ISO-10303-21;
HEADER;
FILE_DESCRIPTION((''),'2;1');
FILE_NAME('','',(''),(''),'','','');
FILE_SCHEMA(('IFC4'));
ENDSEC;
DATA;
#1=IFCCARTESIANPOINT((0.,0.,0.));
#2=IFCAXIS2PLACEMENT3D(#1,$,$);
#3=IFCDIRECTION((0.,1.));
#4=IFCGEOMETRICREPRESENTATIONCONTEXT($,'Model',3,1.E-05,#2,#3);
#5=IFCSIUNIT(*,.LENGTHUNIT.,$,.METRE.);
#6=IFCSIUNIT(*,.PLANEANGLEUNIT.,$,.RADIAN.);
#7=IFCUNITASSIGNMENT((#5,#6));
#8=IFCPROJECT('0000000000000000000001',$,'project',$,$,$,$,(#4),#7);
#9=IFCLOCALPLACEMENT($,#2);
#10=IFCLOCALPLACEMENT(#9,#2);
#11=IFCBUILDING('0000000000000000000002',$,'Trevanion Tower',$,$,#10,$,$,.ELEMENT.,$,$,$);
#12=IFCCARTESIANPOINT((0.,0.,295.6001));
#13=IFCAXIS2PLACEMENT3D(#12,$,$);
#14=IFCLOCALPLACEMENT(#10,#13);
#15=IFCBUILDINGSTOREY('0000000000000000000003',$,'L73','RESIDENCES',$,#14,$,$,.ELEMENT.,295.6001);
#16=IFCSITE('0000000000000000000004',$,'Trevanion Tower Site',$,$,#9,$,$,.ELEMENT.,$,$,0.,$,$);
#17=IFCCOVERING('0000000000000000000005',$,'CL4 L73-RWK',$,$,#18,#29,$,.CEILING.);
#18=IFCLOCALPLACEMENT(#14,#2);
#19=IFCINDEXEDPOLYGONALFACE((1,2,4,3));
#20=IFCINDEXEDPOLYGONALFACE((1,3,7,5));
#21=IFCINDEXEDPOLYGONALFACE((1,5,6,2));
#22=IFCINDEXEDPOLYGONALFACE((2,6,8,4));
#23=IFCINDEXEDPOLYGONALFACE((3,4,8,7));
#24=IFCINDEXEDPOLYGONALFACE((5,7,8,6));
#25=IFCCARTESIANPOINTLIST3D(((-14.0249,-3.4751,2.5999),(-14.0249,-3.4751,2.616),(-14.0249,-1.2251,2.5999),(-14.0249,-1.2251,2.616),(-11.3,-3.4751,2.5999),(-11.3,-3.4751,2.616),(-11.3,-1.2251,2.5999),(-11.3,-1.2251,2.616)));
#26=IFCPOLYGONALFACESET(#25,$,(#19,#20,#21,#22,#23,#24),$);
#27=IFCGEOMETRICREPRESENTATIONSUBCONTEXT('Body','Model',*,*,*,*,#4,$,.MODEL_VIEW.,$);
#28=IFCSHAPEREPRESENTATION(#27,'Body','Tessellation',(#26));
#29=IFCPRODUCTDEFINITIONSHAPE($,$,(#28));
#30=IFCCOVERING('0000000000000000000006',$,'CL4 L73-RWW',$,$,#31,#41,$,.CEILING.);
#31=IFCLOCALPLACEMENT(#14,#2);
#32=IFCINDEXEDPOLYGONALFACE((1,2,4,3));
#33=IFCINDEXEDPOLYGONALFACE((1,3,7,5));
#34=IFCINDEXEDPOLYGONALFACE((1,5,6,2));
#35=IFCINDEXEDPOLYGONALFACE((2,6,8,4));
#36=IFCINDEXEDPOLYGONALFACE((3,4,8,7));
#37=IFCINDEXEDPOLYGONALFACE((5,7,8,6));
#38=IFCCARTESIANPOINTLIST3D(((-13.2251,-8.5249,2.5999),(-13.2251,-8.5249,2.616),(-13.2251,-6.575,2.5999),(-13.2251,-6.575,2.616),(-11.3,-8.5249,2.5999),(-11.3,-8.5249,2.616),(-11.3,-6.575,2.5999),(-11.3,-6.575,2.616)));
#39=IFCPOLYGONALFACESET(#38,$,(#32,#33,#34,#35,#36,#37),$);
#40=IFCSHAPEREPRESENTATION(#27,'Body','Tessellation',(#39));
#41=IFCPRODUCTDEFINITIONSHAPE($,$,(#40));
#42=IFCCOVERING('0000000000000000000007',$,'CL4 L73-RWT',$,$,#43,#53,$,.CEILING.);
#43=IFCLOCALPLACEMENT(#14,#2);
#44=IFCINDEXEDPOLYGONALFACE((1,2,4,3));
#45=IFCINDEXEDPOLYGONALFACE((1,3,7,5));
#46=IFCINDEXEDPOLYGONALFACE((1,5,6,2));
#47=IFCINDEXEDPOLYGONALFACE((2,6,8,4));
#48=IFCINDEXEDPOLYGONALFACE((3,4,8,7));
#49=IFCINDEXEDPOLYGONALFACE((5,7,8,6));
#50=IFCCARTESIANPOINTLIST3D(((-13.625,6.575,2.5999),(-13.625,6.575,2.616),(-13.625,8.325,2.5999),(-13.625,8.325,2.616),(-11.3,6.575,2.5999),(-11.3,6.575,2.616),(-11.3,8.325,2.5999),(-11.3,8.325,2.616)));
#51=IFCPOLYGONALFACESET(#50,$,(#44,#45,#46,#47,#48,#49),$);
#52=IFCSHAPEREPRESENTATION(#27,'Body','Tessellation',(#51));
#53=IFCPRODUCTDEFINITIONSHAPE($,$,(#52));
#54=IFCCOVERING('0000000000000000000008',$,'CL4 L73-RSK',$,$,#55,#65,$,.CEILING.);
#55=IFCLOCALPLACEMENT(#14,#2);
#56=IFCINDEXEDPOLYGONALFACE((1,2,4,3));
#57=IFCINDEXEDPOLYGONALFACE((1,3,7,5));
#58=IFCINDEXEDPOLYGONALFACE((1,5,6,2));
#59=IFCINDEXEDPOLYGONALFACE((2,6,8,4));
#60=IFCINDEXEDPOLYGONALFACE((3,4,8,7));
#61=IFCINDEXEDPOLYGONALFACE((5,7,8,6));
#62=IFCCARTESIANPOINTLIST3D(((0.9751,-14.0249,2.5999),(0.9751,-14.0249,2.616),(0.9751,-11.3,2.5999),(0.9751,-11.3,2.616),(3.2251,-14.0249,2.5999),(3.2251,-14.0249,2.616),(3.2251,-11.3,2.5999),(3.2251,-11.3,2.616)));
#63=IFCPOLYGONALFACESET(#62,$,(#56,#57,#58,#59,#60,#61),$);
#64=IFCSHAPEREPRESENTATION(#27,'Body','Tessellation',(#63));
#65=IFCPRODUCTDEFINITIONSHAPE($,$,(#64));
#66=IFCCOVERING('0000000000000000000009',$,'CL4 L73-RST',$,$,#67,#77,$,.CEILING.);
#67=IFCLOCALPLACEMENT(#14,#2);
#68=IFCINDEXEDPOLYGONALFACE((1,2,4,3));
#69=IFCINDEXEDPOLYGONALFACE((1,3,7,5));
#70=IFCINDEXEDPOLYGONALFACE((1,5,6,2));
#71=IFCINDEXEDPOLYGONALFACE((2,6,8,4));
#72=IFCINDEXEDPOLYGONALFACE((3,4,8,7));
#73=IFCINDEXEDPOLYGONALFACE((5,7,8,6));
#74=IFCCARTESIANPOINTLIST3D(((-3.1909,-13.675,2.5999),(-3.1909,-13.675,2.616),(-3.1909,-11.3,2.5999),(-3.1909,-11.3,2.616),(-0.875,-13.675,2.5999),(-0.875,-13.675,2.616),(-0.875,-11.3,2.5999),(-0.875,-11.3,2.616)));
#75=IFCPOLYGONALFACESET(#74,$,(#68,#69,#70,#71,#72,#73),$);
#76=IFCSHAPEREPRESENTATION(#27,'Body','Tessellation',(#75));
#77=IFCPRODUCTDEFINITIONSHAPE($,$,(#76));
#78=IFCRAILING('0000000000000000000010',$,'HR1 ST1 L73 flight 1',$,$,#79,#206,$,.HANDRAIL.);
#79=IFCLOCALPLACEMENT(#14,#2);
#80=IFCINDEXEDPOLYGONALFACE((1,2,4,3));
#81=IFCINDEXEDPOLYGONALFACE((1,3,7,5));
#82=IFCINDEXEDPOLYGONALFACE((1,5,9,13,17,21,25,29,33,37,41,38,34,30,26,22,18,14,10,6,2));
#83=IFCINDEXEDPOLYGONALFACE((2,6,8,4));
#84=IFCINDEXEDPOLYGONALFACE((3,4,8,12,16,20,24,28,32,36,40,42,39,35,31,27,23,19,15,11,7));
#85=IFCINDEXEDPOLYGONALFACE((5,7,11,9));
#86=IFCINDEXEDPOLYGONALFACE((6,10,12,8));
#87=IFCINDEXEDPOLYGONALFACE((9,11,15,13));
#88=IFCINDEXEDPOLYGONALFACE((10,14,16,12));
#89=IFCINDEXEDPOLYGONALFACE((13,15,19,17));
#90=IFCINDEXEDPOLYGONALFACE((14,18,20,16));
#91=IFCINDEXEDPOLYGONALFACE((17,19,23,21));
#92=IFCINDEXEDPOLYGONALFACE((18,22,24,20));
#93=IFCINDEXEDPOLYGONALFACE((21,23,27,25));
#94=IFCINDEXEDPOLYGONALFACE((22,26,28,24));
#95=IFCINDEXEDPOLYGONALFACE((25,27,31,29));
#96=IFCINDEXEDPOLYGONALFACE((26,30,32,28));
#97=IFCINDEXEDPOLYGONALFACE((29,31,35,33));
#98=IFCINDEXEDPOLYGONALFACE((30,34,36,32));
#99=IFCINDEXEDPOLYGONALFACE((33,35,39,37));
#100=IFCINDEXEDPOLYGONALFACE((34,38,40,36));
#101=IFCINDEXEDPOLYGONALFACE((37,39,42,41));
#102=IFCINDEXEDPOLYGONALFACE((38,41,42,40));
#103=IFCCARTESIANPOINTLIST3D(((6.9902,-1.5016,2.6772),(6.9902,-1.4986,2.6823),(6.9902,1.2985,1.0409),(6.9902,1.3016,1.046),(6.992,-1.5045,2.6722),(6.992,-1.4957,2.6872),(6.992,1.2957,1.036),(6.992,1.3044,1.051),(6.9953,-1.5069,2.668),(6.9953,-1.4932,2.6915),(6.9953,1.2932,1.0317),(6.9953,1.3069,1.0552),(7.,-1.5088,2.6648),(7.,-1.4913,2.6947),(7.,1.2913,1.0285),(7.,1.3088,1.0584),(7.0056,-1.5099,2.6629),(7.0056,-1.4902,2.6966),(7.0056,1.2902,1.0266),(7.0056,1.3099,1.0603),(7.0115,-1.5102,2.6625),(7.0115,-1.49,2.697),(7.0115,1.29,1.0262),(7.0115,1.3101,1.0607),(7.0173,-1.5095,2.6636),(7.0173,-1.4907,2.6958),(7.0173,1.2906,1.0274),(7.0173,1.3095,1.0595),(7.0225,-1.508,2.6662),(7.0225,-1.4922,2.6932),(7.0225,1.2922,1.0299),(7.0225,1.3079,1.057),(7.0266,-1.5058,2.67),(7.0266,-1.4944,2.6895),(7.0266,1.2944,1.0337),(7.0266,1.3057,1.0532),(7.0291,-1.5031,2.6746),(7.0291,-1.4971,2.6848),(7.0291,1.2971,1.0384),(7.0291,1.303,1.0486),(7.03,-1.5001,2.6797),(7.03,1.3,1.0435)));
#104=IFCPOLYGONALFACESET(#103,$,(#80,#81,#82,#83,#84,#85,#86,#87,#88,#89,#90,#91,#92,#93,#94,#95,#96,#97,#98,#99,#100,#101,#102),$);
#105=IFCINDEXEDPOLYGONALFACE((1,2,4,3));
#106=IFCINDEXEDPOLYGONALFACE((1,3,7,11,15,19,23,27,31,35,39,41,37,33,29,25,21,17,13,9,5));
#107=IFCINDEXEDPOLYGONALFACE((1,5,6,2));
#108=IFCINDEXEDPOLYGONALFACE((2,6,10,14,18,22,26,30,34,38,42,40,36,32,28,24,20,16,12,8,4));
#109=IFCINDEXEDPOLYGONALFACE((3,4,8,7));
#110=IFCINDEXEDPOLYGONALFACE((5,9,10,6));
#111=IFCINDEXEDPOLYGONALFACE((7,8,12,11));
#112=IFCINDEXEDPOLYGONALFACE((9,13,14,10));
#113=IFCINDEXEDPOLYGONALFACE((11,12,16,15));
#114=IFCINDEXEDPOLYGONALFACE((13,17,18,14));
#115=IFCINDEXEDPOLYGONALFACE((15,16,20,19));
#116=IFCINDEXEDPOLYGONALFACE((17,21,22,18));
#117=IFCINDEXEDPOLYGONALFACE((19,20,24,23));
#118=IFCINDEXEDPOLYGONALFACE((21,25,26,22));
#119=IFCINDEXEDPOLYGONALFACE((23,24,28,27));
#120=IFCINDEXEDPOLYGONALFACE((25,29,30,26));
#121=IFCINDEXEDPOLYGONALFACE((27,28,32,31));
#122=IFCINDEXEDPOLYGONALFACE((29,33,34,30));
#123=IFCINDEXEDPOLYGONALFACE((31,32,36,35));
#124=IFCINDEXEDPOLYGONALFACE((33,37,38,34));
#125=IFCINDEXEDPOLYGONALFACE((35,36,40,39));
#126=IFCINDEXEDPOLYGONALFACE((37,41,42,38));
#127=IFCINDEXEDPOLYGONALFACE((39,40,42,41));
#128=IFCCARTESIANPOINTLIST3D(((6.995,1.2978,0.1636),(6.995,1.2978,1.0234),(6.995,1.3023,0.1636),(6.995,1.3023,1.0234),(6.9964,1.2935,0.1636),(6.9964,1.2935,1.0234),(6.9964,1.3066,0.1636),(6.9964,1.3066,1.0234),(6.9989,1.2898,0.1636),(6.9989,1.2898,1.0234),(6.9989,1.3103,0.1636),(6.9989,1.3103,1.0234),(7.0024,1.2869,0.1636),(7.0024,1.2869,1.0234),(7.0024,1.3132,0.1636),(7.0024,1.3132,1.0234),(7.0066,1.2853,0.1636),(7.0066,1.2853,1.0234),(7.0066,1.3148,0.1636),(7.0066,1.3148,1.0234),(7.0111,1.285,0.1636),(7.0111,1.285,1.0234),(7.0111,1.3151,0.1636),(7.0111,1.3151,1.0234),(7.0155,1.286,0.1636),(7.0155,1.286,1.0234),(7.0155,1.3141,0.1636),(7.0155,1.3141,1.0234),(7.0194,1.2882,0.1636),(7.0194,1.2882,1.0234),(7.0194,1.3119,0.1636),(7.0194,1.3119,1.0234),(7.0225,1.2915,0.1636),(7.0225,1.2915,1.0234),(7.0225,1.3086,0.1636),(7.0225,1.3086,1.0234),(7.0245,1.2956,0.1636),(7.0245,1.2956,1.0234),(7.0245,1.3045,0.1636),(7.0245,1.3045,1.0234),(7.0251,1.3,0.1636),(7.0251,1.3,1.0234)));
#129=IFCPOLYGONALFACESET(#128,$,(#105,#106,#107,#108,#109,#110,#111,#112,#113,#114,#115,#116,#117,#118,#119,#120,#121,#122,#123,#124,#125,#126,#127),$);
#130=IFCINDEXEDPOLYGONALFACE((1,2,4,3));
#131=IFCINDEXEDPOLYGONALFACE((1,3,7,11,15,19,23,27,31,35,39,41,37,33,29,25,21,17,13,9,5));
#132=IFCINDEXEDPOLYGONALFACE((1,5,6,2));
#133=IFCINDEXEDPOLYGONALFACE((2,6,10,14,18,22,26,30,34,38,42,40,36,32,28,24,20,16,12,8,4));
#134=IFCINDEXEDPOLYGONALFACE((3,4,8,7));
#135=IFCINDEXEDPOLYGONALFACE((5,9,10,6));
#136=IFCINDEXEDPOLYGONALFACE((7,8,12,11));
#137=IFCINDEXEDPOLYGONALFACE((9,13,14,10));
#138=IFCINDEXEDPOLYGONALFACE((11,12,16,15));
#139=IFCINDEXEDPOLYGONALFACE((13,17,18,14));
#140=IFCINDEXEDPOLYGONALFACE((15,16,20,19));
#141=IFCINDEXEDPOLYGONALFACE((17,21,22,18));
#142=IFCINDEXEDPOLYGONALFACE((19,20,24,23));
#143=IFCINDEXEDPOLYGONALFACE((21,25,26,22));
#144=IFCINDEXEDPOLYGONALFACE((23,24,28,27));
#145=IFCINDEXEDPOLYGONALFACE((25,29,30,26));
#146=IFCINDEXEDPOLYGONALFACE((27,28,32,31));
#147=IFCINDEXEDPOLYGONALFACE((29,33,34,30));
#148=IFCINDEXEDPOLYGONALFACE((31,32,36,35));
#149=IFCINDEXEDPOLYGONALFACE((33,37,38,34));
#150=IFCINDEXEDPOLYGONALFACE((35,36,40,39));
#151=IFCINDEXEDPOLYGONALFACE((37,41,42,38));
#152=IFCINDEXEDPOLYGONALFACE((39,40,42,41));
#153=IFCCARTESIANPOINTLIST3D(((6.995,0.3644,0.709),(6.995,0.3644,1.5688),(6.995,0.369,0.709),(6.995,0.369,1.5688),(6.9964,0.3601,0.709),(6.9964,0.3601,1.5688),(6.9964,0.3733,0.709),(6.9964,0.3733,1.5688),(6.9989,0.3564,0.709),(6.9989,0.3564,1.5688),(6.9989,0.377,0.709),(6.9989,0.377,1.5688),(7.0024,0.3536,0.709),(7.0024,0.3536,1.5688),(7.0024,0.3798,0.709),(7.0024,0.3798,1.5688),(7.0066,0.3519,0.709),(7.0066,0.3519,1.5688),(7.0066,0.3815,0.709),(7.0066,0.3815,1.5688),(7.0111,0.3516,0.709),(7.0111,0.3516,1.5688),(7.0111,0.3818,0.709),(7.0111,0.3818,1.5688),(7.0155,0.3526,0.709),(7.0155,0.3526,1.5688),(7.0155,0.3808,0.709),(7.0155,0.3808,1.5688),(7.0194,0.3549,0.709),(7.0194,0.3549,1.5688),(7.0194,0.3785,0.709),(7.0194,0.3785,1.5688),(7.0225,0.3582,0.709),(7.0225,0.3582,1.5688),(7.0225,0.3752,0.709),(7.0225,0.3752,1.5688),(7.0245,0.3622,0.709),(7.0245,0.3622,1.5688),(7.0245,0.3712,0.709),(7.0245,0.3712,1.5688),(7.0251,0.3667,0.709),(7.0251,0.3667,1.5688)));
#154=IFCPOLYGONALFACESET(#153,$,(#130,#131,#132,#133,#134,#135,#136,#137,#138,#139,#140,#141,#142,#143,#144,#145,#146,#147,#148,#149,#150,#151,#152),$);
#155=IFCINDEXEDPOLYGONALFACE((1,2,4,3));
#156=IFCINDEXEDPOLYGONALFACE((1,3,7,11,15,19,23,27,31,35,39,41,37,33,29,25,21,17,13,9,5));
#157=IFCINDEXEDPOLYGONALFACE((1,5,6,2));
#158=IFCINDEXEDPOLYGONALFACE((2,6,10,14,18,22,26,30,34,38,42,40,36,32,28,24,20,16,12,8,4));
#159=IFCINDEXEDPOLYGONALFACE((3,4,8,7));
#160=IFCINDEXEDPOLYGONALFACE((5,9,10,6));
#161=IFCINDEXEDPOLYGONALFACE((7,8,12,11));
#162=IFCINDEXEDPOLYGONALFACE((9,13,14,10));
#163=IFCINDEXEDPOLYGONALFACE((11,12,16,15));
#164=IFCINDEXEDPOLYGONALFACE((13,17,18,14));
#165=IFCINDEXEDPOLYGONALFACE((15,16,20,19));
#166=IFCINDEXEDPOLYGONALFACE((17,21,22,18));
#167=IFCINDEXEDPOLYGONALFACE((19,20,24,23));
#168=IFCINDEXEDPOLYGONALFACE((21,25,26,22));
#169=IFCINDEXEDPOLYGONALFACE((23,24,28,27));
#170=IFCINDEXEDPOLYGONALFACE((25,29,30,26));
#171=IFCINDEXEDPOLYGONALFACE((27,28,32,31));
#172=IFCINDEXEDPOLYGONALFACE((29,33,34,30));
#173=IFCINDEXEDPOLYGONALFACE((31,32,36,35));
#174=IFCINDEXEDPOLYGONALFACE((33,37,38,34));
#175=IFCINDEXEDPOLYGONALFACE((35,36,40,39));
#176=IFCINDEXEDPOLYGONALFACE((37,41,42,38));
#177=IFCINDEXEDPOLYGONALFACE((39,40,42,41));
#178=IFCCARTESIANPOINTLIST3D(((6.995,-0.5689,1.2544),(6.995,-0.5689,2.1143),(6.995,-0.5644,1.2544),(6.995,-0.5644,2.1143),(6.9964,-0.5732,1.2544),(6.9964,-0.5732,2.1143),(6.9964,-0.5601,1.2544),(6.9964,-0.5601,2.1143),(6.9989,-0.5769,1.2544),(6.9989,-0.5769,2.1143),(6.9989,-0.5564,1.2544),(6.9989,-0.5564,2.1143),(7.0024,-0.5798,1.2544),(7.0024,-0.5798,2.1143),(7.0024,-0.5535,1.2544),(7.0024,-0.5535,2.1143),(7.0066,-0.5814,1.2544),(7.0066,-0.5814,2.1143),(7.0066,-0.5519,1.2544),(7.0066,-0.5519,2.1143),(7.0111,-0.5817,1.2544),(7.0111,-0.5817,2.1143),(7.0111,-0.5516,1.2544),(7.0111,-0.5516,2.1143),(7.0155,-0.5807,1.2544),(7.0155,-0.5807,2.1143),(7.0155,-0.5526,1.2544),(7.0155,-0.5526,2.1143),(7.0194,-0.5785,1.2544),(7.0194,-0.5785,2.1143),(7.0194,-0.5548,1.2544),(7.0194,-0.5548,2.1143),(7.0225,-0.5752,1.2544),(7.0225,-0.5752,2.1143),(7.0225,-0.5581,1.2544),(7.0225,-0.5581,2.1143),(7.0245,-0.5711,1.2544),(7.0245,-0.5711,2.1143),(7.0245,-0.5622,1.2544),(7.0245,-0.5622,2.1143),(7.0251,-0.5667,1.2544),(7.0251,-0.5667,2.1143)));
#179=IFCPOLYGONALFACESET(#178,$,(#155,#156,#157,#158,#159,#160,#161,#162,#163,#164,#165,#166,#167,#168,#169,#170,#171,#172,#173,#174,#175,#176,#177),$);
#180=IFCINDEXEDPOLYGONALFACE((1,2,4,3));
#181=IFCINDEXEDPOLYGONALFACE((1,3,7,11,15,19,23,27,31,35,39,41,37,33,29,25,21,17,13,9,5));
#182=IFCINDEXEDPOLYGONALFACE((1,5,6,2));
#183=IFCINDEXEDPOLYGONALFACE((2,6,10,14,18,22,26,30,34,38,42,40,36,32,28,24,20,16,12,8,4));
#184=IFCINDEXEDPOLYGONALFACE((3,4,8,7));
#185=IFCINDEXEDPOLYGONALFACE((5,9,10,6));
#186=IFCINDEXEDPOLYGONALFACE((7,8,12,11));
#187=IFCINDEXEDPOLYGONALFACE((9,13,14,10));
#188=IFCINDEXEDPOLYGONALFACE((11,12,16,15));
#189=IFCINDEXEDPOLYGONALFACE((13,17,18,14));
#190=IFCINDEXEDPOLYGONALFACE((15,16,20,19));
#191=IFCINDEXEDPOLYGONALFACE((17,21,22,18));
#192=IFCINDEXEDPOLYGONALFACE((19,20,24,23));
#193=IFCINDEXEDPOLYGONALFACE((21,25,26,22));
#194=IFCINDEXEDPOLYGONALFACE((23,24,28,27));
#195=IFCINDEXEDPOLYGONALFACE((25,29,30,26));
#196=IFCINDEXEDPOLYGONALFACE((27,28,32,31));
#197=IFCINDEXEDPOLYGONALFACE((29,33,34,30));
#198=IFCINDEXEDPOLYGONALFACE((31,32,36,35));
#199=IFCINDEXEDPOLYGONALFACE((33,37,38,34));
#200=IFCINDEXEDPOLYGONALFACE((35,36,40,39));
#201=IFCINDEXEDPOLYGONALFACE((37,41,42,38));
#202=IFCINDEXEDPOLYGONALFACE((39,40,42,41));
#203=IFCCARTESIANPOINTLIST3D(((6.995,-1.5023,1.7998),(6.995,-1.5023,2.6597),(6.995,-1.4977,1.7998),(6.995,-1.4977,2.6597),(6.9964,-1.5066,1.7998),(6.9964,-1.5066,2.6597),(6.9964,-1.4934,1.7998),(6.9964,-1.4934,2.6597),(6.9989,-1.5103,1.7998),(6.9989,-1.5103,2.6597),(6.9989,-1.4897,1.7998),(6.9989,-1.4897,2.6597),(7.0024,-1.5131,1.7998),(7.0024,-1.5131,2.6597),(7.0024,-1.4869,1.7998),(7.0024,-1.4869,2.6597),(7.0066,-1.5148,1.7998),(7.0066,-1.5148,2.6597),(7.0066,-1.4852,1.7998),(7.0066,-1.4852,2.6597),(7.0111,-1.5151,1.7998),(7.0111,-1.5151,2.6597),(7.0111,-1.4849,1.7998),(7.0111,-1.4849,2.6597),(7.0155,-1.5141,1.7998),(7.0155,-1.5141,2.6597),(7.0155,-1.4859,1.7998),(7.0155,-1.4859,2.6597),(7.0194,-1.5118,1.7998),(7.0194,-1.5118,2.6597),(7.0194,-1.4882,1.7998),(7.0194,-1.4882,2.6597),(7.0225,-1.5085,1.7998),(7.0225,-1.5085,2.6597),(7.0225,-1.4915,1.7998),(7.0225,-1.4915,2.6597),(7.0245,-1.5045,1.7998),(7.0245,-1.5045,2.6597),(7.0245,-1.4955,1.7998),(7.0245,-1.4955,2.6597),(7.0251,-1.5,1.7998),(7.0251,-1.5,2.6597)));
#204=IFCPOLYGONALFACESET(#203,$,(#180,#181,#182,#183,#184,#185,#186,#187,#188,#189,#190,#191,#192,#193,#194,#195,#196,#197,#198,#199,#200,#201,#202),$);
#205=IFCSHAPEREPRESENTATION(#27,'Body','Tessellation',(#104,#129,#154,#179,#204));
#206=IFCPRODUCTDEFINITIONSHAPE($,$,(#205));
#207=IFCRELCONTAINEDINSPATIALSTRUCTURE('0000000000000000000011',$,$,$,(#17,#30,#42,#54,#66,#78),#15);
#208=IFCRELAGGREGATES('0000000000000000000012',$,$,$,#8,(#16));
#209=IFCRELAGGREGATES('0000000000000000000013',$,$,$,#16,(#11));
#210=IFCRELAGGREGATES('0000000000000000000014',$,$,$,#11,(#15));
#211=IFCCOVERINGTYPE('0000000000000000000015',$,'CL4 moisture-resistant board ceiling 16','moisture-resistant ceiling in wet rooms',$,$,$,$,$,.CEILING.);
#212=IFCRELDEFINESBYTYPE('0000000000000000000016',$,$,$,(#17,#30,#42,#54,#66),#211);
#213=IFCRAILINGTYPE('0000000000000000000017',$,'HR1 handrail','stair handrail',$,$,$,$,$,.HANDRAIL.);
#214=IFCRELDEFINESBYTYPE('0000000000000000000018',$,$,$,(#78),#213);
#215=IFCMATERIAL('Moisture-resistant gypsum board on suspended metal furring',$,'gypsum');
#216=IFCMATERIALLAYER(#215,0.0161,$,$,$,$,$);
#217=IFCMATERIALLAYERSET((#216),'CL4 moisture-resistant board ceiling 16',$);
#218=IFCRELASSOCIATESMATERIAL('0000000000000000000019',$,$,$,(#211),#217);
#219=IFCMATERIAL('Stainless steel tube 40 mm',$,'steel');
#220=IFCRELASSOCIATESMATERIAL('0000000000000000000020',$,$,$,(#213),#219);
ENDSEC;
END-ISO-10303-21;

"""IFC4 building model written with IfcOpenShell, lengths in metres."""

from ifc_helpers import new_model, si_unit, direction, frame, origin, origin_2d, place, context, subcontext, project, spatial, polyline, circle, outline, extrude, material, layer, layer_set, type_object, element, save


model = new_model("IFC4")

# Units and contexts
model_context = context("Model", 3, precision=1e-05, world=origin(), true_north=direction((0.0, 1.0)))
body_context = subcontext(model_context, "Body", "Model", "MODEL_VIEW")
ifc_project = project(units=[si_unit("LENGTHUNIT", "METRE"), si_unit("PLANEANGLEUNIT", "RADIAN")], contexts=[model_context])

# Site, building, storey
site_placement = place(None, origin())
site = spatial("IfcSite", under=ifc_project, at=site_placement, Name="Trevanion Tower Site", CompositionType="ELEMENT", RefElevation=0.0)
building_placement = place(site_placement, origin())
building = spatial("IfcBuilding", under=site, at=building_placement, Name="Trevanion Tower", CompositionType="ELEMENT")
storey_placement = place(building_placement, frame((0.0, 0.0, 295.6001)))
storey = spatial("IfcBuildingStorey", under=building, at=storey_placement, Name="L73", Description="RESIDENCES", CompositionType="ELEMENT", Elevation=295.6001)

# Coverings
ifc_material_1 = material(Name="Moisture-resistant gypsum board on suspended metal furring", Category="gypsum")
ifc_layer_1 = layer(ifc_material_1, 0.0161)
ifc_layer_set_1 = layer_set([ifc_layer_1], Name="CL4 moisture-resistant board ceiling 16")
covering_type_1 = type_object("IfcCoveringType", Name="CL4 moisture-resistant board ceiling 16", Description="moisture-resistant ceiling in wet rooms", PredefinedType="CEILING", material=ifc_layer_set_1)
covering_1_placement = place(storey_placement, frame((0.0, 0.0, 2.5999)))
element("IfcCovering", 1, at=covering_1_placement, inside=storey, type_object=covering_type_1, Name="CL4 L73-RWK", PredefinedType="CEILING", context=body_context, shape_type="SweptSolid", body=[
    extrude(outline(polyline([(-14.0249, -1.2251), (-14.0249, -3.4751), (-11.3, -3.4751), (-11.3, -1.2251), (-14.0249, -1.2251)])), origin(), (0.0, 0.0, 1.0), 0.0161),
])
covering_2_placement = place(storey_placement, frame((0.0, 0.0, 2.5999)))
element("IfcCovering", 2, at=covering_2_placement, inside=storey, type_object=covering_type_1, Name="CL4 L73-RWW", PredefinedType="CEILING", context=body_context, shape_type="SweptSolid", body=[
    extrude(outline(polyline([(-13.2251, -6.575), (-13.2251, -8.5249), (-11.3, -8.5249), (-11.3, -6.575), (-13.2251, -6.575)])), origin(), (0.0, 0.0, 1.0), 0.0161),
])
covering_3_placement = place(storey_placement, frame((0.0, 0.0, 2.5999)))
element("IfcCovering", 3, at=covering_3_placement, inside=storey, type_object=covering_type_1, Name="CL4 L73-RWT", PredefinedType="CEILING", context=body_context, shape_type="SweptSolid", body=[
    extrude(outline(polyline([(-13.625, 8.325), (-13.625, 6.575), (-11.3, 6.575), (-11.3, 8.325), (-13.625, 8.325)])), origin(), (0.0, 0.0, 1.0), 0.0161),
])
covering_4_placement = place(storey_placement, frame((0.0, 0.0, 2.5999)))
element("IfcCovering", 4, at=covering_4_placement, inside=storey, type_object=covering_type_1, Name="CL4 L73-RSK", PredefinedType="CEILING", context=body_context, shape_type="SweptSolid", body=[
    extrude(outline(polyline([(0.9751, -14.0249), (3.2251, -14.0249), (3.2251, -11.3), (0.9751, -11.3), (0.9751, -14.0249)])), origin(), (0.0, 0.0, 1.0), 0.0161),
])
covering_5_placement = place(storey_placement, frame((0.0, 0.0, 2.5999)))
element("IfcCovering", 5, at=covering_5_placement, inside=storey, type_object=covering_type_1, Name="CL4 L73-RST", PredefinedType="CEILING", context=body_context, shape_type="SweptSolid", body=[
    extrude(outline(polyline([(-3.1909, -13.675), (-0.875, -13.675), (-0.875, -11.3), (-3.1909, -11.3), (-3.1909, -13.675)])), origin(), (0.0, 0.0, 1.0), 0.0161),
])

# Railing
ifc_material_2 = material(Name="Stainless steel tube 40 mm", Category="steel")
railing_type = type_object("IfcRailingType", Name="HR1 handrail", Description="stair handrail", PredefinedType="HANDRAIL", material=ifc_material_2)
for number, where, name in (
    (6, (7.01, 1.3, 0.1636), "HR1 ST1 L73 flight 1"),
):
    element("IfcRailing", number, at=place(storey_placement, frame(where)), inside=storey, type_object=railing_type, Name=name, PredefinedType="HANDRAIL", context=body_context, shape_type="SweptSolid", body=[
        extrude(circle(Radius=0.02, at=origin_2d()), frame((0.0, 0.0, 0.8799), z_axis=(0.0, -0.863394, 0.504531), x_axis=(1.0, 0.0, 0.0)), (0.0, 0.0, 1.0), 3.2432),
        extrude(circle(Radius=0.0151, at=origin_2d()), origin(), (0.0, 0.0, 1.0), 0.8599),
        extrude(circle(Radius=0.0151, at=origin_2d()), frame((0.0, -0.9333, 0.5454)), (0.0, 0.0, 1.0), 0.8599),
        extrude(circle(Radius=0.0151, at=origin_2d()), frame((0.0, -1.8667, 1.0908)), (0.0, 0.0, 1.0), 0.8599),
        extrude(circle(Radius=0.0151, at=origin_2d()), frame((0.0, -2.8, 1.6362)), (0.0, 0.0, 1.0), 0.8599),
    ])

save(model, "model.ifc")
